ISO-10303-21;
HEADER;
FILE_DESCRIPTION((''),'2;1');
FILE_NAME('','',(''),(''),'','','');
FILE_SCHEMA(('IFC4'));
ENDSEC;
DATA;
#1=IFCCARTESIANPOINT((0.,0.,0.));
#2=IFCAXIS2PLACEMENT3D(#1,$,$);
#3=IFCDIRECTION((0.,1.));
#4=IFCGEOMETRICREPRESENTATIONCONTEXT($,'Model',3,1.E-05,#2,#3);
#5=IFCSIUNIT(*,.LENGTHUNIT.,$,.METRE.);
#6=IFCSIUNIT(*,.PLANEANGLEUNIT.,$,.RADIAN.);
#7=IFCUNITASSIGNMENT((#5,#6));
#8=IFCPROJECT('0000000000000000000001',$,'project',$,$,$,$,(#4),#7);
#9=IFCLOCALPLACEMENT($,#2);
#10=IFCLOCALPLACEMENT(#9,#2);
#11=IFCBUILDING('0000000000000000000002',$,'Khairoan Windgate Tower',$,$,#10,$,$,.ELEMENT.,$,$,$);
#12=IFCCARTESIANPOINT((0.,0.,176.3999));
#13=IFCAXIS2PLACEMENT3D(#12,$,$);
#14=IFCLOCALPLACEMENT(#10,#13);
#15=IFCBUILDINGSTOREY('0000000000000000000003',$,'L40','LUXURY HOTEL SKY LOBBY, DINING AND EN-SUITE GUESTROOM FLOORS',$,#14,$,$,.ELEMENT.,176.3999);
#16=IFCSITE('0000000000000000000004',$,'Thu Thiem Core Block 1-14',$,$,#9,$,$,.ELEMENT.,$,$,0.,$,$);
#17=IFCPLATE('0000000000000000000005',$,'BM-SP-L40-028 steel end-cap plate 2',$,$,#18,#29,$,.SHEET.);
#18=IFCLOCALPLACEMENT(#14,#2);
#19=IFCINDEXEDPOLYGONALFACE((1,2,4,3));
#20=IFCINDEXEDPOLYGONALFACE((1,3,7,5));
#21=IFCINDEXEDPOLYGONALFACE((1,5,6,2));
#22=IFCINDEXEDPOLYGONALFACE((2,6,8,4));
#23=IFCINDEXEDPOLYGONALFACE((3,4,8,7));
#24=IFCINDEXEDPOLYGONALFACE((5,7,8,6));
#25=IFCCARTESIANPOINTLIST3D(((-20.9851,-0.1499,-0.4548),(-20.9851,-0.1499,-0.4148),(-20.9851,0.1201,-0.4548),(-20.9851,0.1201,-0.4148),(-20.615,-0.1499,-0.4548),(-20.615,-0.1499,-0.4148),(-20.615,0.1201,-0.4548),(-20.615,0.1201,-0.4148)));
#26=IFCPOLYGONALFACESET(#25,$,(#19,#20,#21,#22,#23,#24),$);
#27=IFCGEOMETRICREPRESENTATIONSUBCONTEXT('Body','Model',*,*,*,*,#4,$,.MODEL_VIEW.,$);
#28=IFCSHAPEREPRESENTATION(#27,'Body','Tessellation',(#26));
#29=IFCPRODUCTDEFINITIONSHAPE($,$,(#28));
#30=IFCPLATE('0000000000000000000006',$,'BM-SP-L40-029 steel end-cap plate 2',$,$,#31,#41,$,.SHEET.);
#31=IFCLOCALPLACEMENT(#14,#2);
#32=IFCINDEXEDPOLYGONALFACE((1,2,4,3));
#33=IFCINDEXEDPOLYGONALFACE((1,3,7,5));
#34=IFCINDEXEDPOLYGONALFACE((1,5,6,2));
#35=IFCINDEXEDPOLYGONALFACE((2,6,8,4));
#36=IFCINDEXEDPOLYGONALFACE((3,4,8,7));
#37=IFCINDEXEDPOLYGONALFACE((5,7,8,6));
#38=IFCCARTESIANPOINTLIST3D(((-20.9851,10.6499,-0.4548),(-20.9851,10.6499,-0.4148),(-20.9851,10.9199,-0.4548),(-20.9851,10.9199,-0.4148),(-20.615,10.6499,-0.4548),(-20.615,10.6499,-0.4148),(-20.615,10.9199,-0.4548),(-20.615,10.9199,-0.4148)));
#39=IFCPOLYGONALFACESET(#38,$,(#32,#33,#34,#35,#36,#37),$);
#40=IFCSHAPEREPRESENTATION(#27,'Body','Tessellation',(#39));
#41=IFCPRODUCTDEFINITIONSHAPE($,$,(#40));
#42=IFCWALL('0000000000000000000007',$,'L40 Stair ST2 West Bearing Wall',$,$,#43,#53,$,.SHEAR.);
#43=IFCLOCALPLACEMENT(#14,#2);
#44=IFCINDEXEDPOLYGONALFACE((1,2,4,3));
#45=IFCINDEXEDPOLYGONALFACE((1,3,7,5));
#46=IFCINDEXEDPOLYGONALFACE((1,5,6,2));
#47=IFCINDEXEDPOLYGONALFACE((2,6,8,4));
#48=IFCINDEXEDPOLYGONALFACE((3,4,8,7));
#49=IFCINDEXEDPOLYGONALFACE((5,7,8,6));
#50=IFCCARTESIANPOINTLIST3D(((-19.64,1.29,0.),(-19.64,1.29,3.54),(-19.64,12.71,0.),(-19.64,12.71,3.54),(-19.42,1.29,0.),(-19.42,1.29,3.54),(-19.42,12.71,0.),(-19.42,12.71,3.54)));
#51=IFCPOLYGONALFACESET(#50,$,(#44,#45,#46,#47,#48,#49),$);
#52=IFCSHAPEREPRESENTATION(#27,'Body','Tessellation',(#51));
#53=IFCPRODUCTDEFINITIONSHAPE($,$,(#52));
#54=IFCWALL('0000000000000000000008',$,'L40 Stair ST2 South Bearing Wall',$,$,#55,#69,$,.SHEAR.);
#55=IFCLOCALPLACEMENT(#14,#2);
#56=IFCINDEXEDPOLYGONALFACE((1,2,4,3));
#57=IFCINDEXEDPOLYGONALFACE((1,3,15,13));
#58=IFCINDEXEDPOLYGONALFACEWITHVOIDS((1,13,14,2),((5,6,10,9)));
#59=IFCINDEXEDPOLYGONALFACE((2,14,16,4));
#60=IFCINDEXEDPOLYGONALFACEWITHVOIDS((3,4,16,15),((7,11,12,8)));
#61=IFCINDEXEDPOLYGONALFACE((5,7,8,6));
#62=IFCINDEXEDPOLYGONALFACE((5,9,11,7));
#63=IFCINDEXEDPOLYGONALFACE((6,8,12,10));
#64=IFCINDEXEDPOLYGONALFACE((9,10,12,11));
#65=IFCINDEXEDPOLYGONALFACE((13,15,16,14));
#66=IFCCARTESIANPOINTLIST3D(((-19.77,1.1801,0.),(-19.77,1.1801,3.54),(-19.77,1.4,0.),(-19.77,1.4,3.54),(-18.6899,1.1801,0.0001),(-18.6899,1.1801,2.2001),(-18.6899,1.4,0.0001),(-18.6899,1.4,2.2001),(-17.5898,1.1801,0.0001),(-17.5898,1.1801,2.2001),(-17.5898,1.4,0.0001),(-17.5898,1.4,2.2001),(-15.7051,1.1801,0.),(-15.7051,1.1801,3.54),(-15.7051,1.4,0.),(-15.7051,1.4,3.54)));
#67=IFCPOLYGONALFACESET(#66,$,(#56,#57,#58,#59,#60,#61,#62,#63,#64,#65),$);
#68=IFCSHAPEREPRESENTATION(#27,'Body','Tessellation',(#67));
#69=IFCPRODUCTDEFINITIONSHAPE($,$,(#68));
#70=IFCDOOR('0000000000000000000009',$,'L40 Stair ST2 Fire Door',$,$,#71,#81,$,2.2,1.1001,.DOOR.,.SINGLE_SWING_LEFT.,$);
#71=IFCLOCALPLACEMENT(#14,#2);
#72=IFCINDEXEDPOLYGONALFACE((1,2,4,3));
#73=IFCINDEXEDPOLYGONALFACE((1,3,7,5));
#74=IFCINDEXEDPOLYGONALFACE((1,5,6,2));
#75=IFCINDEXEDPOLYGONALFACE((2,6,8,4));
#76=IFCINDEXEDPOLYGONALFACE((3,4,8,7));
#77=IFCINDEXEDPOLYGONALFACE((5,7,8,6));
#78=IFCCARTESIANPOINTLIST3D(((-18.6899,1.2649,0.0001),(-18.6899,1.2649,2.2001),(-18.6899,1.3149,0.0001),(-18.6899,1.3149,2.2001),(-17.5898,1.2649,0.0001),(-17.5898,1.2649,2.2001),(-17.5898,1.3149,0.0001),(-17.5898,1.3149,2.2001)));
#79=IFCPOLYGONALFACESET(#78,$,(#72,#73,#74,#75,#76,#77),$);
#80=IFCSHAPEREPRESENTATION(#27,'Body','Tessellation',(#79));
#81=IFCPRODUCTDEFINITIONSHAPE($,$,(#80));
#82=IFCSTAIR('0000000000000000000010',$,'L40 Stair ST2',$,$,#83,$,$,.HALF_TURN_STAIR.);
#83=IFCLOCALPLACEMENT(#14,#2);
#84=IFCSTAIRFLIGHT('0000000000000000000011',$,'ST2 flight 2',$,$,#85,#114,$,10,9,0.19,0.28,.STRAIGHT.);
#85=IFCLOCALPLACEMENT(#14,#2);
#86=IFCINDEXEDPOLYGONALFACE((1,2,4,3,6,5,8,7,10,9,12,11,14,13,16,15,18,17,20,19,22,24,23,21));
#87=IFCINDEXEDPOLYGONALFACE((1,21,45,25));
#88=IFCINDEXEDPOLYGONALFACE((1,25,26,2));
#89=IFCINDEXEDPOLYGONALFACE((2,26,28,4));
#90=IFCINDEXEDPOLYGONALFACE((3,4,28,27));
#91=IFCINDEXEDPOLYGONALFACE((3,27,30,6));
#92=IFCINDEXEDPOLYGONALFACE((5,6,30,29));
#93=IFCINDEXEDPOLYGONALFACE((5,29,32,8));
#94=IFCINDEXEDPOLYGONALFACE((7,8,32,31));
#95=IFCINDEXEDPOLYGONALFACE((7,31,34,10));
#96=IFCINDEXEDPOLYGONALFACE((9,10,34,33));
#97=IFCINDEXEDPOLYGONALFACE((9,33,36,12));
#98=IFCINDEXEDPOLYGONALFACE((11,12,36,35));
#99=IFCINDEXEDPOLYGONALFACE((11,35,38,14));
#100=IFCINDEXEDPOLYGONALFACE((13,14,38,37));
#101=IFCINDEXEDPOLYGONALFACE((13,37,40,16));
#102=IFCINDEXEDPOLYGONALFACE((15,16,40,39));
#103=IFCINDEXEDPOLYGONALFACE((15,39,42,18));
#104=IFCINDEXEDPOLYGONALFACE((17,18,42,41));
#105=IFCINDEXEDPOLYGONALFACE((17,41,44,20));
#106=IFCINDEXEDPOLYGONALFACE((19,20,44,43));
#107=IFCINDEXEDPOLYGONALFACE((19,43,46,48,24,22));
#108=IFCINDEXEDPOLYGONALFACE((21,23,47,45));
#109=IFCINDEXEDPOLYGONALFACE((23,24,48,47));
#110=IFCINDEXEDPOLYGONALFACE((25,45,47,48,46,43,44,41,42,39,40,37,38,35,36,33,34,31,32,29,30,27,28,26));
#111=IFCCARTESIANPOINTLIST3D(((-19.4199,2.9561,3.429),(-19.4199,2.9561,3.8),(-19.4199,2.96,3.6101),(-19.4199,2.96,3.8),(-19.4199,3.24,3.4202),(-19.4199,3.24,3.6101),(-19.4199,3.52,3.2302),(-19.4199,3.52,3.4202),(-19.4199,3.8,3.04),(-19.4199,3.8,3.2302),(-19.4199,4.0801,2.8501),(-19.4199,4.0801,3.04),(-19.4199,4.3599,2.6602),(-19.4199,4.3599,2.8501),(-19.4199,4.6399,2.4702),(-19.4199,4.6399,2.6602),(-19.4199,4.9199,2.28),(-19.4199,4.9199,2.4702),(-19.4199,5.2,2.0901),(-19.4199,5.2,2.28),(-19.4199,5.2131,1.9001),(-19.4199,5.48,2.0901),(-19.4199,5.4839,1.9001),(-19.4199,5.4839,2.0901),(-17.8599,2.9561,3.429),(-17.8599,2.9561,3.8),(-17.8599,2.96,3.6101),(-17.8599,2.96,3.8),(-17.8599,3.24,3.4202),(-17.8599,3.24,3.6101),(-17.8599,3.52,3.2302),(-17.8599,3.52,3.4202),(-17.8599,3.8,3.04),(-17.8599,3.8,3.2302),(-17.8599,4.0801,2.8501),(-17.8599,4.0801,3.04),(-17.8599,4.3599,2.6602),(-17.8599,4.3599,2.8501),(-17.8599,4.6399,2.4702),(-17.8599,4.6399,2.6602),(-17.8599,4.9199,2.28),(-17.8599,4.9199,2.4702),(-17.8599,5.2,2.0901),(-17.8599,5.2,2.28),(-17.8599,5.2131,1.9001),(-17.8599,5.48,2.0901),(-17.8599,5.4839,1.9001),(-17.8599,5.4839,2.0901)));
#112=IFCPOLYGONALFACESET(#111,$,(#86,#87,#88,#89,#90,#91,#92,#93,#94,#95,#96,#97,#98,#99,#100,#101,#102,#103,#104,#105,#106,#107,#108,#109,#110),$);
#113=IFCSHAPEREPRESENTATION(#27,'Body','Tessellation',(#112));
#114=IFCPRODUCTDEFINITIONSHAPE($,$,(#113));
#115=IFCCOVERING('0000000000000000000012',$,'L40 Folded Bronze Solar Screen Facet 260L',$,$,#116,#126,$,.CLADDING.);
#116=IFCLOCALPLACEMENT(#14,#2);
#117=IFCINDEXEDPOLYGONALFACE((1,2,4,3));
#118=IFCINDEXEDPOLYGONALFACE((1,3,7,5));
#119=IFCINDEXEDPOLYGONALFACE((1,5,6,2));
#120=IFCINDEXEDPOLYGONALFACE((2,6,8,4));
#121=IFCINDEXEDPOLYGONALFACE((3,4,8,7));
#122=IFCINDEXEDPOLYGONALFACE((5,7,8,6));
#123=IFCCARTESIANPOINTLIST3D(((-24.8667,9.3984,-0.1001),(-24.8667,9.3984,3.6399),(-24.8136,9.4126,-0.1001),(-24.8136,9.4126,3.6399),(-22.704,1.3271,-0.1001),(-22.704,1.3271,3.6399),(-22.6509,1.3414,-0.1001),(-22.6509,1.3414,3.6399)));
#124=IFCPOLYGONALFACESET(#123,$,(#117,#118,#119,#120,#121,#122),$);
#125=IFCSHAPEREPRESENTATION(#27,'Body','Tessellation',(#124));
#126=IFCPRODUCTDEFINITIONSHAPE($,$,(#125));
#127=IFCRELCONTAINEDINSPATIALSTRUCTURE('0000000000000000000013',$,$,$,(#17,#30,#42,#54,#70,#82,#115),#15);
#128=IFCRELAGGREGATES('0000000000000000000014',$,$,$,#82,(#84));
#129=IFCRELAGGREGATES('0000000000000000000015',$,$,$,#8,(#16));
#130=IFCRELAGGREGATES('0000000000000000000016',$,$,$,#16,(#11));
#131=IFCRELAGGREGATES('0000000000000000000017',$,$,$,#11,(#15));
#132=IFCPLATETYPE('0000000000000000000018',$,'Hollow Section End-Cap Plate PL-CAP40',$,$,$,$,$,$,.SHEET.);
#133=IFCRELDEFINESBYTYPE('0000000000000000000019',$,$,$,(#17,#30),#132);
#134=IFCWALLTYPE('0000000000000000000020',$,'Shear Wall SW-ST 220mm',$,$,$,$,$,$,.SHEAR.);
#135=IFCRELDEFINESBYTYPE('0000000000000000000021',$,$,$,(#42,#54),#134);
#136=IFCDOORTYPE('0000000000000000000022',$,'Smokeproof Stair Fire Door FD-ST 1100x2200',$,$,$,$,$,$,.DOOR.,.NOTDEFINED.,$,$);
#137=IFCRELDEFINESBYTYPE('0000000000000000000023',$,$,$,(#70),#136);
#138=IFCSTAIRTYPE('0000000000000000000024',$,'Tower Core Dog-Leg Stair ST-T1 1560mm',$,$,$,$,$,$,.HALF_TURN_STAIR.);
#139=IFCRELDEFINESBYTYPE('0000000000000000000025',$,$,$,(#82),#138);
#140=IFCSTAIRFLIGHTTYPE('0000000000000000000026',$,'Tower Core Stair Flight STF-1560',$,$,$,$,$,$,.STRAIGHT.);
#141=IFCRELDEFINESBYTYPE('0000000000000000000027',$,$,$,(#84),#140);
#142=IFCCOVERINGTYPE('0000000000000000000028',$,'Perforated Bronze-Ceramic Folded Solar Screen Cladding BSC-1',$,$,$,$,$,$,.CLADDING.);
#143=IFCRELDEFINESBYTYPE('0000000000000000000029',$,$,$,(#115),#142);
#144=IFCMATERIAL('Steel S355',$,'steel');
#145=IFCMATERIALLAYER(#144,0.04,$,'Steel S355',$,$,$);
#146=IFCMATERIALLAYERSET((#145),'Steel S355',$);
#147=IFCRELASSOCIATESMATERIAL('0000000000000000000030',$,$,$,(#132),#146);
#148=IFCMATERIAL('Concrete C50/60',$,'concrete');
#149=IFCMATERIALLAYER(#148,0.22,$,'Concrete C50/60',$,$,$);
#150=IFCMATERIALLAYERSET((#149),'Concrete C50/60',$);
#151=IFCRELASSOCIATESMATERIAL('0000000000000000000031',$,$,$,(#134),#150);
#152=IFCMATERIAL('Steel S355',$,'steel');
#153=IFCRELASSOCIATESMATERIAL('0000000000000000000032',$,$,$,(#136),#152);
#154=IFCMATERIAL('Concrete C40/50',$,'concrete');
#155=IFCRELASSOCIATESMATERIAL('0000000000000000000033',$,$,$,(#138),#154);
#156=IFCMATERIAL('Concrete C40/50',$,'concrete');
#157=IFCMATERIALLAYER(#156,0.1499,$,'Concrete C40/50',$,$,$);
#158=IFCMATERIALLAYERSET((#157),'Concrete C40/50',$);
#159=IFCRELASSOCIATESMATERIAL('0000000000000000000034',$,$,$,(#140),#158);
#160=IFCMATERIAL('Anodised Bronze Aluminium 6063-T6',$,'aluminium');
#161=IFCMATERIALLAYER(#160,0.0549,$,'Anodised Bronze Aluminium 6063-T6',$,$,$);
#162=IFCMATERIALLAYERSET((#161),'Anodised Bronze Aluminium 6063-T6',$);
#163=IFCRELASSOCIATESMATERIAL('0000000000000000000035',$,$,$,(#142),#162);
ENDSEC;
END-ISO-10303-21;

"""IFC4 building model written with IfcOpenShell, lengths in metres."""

from ifc_helpers import new_model, si_unit, direction, frame, frame_2d, origin, origin_2d, place, context, subcontext, project, spatial, polyline, rectangle, outline, extrude, material, layer, layer_set, type_object, element, fill, aggregate, save


model = new_model("IFC4")

# Units and contexts
model_context = context("Model", 3, precision=1e-05, world=origin(), true_north=direction((0.0, 1.0)))
body_context = subcontext(model_context, "Body", "Model", "MODEL_VIEW")
ifc_project = project(units=[si_unit("LENGTHUNIT", "METRE"), si_unit("PLANEANGLEUNIT", "RADIAN")], contexts=[model_context])

# Site, building, storey
site_placement = place(None, origin())
site = spatial("IfcSite", under=ifc_project, at=site_placement, Name="Thu Thiem Core Block 1-14", CompositionType="ELEMENT", RefElevation=0.0)
building_placement = place(site_placement, origin())
building = spatial("IfcBuilding", under=site, at=building_placement, Name="Khairoan Windgate Tower", CompositionType="ELEMENT")
storey_placement = place(building_placement, frame((0.0, 0.0, 176.3999)))
storey = spatial("IfcBuildingStorey", under=building, at=storey_placement, Name="L40", Description="LUXURY HOTEL SKY LOBBY, DINING AND EN-SUITE GUESTROOM FLOORS", CompositionType="ELEMENT", Elevation=176.3999)

# Plates
ifc_material_1 = material(Name="Steel S355", Category="steel")
ifc_layer_1 = layer(ifc_material_1, 0.04, Name="Steel S355")
ifc_layer_set_1 = layer_set([ifc_layer_1], Name="Steel S355")
plate_type = type_object("IfcPlateType", Name="Hollow Section End-Cap Plate PL-CAP40", PredefinedType="SHEET", material=ifc_layer_set_1)
for number, where, z_axis, x_axis, name in (
    (1, (-20.8, -0.0149, -0.4548), (0.0, 0.0, 1.0), (0.0, 1.0, 0.0), "BM-SP-L40-028 steel end-cap plate 2"),
    (2, (-20.8, 10.7849, -0.4548), (0.0, 0.0, 1.0), (0.0, 1.0, 0.0), "BM-SP-L40-029 steel end-cap plate 2"),
):
    element("IfcPlate", number, at=place(storey_placement, frame(where, z_axis=z_axis, x_axis=x_axis)), inside=storey, type_object=plate_type, Name=name, PredefinedType="SHEET", context=body_context, shape_type="SweptSolid", body=[
        extrude(rectangle(XDim=0.27, YDim=0.3701, at=origin_2d()), origin(), (0.0, 0.0, 1.0), 0.04),
    ])

# Wall
ifc_material_2 = material(Name="Concrete C50/60", Category="concrete")
ifc_layer_2 = layer(ifc_material_2, 0.22, Name="Concrete C50/60")
ifc_layer_set_2 = layer_set([ifc_layer_2], Name="Concrete C50/60")
wall_type = type_object("IfcWallType", Name="Shear Wall SW-ST 220mm", PredefinedType="SHEAR", material=ifc_layer_set_2)
wall_1_placement = place(storey_placement, frame((-19.53, 1.29, 0.0), z_axis=(0.0, 0.0, 1.0), x_axis=(0.0, 1.0, 0.0)))
element("IfcWall", 3, at=wall_1_placement, inside=storey, type_object=wall_type, Name="L40 Stair ST2 West Bearing Wall", PredefinedType="SHEAR", context=body_context, shape_type="SweptSolid", body=[
    extrude(rectangle(XDim=11.4199, YDim=0.22, at=frame_2d((5.71, 0.0))), origin(), (0.0, 0.0, 1.0), 3.54),
])

# Wall, opening, door
wall_2_placement = place(storey_placement, frame((-19.77, 1.29, 0.0), z_axis=(0.0, 0.0, 1.0), x_axis=(1.0, 0.0, 0.0)))
wall_2 = element("IfcWall", 4, at=wall_2_placement, inside=storey, type_object=wall_type, Name="L40 Stair ST2 South Bearing Wall", PredefinedType="SHEAR", context=body_context, shape_type="SweptSolid", body=[
    extrude(rectangle(XDim=4.0649, YDim=0.22, at=frame_2d((2.0325, 0.0))), origin(), (0.0, 0.0, 1.0), 3.54),
])
opening_placement = place(wall_2_placement, frame((1.0801, 0.0, 0.0)))
opening = element("IfcOpeningElement", 5, at=opening_placement, cuts=wall_2, PredefinedType="OPENING", context=body_context, shape_type="SweptSolid", body=[
    extrude(rectangle(XDim=1.1001, YDim=2.2, at=frame_2d((0.55, 1.1001))), frame((0.0, 0.1199, 0.0), z_axis=(0.0, -1.0, 0.0), x_axis=(1.0, 0.0, 0.0)), (0.0, 0.0, 1.0), 0.24),
])
ifc_material_3 = material(Name="Steel S355", Category="steel")
door_type = type_object("IfcDoorType", Name="Smokeproof Stair Fire Door FD-ST 1100x2200", OperationType="NOTDEFINED", PredefinedType="DOOR", material=ifc_material_3)
door_placement = place(opening_placement, origin())
door = element("IfcDoor", 6, at=door_placement, inside=storey, type_object=door_type, Name="L40 Stair ST2 Fire Door", OperationType="SINGLE_SWING_LEFT", OverallHeight=2.2, OverallWidth=1.1001, PredefinedType="DOOR", context=body_context, shape_type="SweptSolid", body=[
    extrude(rectangle(XDim=1.1001, YDim=2.2, at=frame_2d((0.55, 1.1001))), frame((0.0, 0.0249, 0.0), z_axis=(0.0, -1.0, 0.0), x_axis=(1.0, 0.0, 0.0)), (0.0, 0.0, 1.0), 0.05),
])
fill(opening, door)

# Stair, stair flight
ifc_material_4 = material(Name="Concrete C40/50", Category="concrete")
stair_type = type_object("IfcStairType", Name="Tower Core Dog-Leg Stair ST-T1 1560mm", PredefinedType="HALF_TURN_STAIR", material=ifc_material_4)
stair_placement = place(storey_placement, origin())
stair = element("IfcStair", 7, at=stair_placement, inside=storey, type_object=stair_type, Name="L40 Stair ST2", PredefinedType="HALF_TURN_STAIR")
ifc_material_5 = material(Name="Concrete C40/50", Category="concrete")
ifc_layer_3 = layer(ifc_material_5, 0.1499, Name="Concrete C40/50")
ifc_layer_set_3 = layer_set([ifc_layer_3], Name="Concrete C40/50")
stair_flight_type = type_object("IfcStairFlightType", Name="Tower Core Stair Flight STF-1560", PredefinedType="STRAIGHT", material=ifc_layer_set_3)
stair_flight_placement = place(storey_placement, frame((-18.6399, 5.48, 1.9001), z_axis=(0.0, 0.0, 1.0), x_axis=(0.0, -1.0, 0.0)))
stair_flight = element("IfcStairFlight", 8, at=stair_flight_placement, type_object=stair_flight_type, Name="ST2 flight 2", NumberOfRisers=10, NumberOfTreads=9, PredefinedType="STRAIGHT", RiserHeight=0.19, TreadLength=0.28, context=body_context, shape_type="SweptSolid", body=[
    extrude(outline(polyline([(-0.0039, 0.0), (-0.0039, 0.1899), (0.0, 0.1899), (0.28, 0.1899), (0.28, 0.3799), (0.5601, 0.3799), (0.5601, 0.5701), (0.8401, 0.5701), (0.8401, 0.76), (1.1201, 0.76), (1.1201, 0.95), (1.3999, 0.95), (1.3999, 1.1399), (1.6799, 1.1399), (1.6799, 1.3301), (1.96, 1.3301), (1.96, 1.52), (2.24, 1.52), (2.24, 1.71), (2.52, 1.71), (2.52, 1.8999), (2.5239, 1.8999), (2.5239, 1.5288), (0.2668, 0.0), (-0.0039, 0.0)])), frame((0.0, 0.78, 0.0), z_axis=(0.0, -1.0, 0.0), x_axis=(1.0, 0.0, 0.0)), (0.0, 0.0, 1.0), 1.5601),
])
aggregate(stair, [stair_flight])

# Covering
ifc_material_6 = material(Name="Anodised Bronze Aluminium 6063-T6", Category="aluminium")
ifc_layer_4 = layer(ifc_material_6, 0.0549, Name="Anodised Bronze Aluminium 6063-T6")
ifc_layer_set_4 = layer_set([ifc_layer_4], Name="Anodised Bronze Aluminium 6063-T6")
covering_type = type_object("IfcCoveringType", Name="Perforated Bronze-Ceramic Folded Solar Screen Cladding BSC-1", PredefinedType="CLADDING", material=ifc_layer_set_4)
covering_placement = place(storey_placement, frame((-23.7588, 5.3699, -0.1001), z_axis=(0.0, 0.0, 1.0), x_axis=(-0.258819, 0.965926, 0.0)))
element("IfcCovering", 9, at=covering_placement, inside=storey, type_object=covering_type, Name="L40 Folded Bronze Solar Screen Facet 260L", PredefinedType="CLADDING", context=body_context, shape_type="SweptSolid", body=[
    extrude(rectangle(XDim=8.356, YDim=0.0549, at=origin_2d()), origin(), (0.0, 0.0, 1.0), 3.74),
])

save(model, "model.ifc")
